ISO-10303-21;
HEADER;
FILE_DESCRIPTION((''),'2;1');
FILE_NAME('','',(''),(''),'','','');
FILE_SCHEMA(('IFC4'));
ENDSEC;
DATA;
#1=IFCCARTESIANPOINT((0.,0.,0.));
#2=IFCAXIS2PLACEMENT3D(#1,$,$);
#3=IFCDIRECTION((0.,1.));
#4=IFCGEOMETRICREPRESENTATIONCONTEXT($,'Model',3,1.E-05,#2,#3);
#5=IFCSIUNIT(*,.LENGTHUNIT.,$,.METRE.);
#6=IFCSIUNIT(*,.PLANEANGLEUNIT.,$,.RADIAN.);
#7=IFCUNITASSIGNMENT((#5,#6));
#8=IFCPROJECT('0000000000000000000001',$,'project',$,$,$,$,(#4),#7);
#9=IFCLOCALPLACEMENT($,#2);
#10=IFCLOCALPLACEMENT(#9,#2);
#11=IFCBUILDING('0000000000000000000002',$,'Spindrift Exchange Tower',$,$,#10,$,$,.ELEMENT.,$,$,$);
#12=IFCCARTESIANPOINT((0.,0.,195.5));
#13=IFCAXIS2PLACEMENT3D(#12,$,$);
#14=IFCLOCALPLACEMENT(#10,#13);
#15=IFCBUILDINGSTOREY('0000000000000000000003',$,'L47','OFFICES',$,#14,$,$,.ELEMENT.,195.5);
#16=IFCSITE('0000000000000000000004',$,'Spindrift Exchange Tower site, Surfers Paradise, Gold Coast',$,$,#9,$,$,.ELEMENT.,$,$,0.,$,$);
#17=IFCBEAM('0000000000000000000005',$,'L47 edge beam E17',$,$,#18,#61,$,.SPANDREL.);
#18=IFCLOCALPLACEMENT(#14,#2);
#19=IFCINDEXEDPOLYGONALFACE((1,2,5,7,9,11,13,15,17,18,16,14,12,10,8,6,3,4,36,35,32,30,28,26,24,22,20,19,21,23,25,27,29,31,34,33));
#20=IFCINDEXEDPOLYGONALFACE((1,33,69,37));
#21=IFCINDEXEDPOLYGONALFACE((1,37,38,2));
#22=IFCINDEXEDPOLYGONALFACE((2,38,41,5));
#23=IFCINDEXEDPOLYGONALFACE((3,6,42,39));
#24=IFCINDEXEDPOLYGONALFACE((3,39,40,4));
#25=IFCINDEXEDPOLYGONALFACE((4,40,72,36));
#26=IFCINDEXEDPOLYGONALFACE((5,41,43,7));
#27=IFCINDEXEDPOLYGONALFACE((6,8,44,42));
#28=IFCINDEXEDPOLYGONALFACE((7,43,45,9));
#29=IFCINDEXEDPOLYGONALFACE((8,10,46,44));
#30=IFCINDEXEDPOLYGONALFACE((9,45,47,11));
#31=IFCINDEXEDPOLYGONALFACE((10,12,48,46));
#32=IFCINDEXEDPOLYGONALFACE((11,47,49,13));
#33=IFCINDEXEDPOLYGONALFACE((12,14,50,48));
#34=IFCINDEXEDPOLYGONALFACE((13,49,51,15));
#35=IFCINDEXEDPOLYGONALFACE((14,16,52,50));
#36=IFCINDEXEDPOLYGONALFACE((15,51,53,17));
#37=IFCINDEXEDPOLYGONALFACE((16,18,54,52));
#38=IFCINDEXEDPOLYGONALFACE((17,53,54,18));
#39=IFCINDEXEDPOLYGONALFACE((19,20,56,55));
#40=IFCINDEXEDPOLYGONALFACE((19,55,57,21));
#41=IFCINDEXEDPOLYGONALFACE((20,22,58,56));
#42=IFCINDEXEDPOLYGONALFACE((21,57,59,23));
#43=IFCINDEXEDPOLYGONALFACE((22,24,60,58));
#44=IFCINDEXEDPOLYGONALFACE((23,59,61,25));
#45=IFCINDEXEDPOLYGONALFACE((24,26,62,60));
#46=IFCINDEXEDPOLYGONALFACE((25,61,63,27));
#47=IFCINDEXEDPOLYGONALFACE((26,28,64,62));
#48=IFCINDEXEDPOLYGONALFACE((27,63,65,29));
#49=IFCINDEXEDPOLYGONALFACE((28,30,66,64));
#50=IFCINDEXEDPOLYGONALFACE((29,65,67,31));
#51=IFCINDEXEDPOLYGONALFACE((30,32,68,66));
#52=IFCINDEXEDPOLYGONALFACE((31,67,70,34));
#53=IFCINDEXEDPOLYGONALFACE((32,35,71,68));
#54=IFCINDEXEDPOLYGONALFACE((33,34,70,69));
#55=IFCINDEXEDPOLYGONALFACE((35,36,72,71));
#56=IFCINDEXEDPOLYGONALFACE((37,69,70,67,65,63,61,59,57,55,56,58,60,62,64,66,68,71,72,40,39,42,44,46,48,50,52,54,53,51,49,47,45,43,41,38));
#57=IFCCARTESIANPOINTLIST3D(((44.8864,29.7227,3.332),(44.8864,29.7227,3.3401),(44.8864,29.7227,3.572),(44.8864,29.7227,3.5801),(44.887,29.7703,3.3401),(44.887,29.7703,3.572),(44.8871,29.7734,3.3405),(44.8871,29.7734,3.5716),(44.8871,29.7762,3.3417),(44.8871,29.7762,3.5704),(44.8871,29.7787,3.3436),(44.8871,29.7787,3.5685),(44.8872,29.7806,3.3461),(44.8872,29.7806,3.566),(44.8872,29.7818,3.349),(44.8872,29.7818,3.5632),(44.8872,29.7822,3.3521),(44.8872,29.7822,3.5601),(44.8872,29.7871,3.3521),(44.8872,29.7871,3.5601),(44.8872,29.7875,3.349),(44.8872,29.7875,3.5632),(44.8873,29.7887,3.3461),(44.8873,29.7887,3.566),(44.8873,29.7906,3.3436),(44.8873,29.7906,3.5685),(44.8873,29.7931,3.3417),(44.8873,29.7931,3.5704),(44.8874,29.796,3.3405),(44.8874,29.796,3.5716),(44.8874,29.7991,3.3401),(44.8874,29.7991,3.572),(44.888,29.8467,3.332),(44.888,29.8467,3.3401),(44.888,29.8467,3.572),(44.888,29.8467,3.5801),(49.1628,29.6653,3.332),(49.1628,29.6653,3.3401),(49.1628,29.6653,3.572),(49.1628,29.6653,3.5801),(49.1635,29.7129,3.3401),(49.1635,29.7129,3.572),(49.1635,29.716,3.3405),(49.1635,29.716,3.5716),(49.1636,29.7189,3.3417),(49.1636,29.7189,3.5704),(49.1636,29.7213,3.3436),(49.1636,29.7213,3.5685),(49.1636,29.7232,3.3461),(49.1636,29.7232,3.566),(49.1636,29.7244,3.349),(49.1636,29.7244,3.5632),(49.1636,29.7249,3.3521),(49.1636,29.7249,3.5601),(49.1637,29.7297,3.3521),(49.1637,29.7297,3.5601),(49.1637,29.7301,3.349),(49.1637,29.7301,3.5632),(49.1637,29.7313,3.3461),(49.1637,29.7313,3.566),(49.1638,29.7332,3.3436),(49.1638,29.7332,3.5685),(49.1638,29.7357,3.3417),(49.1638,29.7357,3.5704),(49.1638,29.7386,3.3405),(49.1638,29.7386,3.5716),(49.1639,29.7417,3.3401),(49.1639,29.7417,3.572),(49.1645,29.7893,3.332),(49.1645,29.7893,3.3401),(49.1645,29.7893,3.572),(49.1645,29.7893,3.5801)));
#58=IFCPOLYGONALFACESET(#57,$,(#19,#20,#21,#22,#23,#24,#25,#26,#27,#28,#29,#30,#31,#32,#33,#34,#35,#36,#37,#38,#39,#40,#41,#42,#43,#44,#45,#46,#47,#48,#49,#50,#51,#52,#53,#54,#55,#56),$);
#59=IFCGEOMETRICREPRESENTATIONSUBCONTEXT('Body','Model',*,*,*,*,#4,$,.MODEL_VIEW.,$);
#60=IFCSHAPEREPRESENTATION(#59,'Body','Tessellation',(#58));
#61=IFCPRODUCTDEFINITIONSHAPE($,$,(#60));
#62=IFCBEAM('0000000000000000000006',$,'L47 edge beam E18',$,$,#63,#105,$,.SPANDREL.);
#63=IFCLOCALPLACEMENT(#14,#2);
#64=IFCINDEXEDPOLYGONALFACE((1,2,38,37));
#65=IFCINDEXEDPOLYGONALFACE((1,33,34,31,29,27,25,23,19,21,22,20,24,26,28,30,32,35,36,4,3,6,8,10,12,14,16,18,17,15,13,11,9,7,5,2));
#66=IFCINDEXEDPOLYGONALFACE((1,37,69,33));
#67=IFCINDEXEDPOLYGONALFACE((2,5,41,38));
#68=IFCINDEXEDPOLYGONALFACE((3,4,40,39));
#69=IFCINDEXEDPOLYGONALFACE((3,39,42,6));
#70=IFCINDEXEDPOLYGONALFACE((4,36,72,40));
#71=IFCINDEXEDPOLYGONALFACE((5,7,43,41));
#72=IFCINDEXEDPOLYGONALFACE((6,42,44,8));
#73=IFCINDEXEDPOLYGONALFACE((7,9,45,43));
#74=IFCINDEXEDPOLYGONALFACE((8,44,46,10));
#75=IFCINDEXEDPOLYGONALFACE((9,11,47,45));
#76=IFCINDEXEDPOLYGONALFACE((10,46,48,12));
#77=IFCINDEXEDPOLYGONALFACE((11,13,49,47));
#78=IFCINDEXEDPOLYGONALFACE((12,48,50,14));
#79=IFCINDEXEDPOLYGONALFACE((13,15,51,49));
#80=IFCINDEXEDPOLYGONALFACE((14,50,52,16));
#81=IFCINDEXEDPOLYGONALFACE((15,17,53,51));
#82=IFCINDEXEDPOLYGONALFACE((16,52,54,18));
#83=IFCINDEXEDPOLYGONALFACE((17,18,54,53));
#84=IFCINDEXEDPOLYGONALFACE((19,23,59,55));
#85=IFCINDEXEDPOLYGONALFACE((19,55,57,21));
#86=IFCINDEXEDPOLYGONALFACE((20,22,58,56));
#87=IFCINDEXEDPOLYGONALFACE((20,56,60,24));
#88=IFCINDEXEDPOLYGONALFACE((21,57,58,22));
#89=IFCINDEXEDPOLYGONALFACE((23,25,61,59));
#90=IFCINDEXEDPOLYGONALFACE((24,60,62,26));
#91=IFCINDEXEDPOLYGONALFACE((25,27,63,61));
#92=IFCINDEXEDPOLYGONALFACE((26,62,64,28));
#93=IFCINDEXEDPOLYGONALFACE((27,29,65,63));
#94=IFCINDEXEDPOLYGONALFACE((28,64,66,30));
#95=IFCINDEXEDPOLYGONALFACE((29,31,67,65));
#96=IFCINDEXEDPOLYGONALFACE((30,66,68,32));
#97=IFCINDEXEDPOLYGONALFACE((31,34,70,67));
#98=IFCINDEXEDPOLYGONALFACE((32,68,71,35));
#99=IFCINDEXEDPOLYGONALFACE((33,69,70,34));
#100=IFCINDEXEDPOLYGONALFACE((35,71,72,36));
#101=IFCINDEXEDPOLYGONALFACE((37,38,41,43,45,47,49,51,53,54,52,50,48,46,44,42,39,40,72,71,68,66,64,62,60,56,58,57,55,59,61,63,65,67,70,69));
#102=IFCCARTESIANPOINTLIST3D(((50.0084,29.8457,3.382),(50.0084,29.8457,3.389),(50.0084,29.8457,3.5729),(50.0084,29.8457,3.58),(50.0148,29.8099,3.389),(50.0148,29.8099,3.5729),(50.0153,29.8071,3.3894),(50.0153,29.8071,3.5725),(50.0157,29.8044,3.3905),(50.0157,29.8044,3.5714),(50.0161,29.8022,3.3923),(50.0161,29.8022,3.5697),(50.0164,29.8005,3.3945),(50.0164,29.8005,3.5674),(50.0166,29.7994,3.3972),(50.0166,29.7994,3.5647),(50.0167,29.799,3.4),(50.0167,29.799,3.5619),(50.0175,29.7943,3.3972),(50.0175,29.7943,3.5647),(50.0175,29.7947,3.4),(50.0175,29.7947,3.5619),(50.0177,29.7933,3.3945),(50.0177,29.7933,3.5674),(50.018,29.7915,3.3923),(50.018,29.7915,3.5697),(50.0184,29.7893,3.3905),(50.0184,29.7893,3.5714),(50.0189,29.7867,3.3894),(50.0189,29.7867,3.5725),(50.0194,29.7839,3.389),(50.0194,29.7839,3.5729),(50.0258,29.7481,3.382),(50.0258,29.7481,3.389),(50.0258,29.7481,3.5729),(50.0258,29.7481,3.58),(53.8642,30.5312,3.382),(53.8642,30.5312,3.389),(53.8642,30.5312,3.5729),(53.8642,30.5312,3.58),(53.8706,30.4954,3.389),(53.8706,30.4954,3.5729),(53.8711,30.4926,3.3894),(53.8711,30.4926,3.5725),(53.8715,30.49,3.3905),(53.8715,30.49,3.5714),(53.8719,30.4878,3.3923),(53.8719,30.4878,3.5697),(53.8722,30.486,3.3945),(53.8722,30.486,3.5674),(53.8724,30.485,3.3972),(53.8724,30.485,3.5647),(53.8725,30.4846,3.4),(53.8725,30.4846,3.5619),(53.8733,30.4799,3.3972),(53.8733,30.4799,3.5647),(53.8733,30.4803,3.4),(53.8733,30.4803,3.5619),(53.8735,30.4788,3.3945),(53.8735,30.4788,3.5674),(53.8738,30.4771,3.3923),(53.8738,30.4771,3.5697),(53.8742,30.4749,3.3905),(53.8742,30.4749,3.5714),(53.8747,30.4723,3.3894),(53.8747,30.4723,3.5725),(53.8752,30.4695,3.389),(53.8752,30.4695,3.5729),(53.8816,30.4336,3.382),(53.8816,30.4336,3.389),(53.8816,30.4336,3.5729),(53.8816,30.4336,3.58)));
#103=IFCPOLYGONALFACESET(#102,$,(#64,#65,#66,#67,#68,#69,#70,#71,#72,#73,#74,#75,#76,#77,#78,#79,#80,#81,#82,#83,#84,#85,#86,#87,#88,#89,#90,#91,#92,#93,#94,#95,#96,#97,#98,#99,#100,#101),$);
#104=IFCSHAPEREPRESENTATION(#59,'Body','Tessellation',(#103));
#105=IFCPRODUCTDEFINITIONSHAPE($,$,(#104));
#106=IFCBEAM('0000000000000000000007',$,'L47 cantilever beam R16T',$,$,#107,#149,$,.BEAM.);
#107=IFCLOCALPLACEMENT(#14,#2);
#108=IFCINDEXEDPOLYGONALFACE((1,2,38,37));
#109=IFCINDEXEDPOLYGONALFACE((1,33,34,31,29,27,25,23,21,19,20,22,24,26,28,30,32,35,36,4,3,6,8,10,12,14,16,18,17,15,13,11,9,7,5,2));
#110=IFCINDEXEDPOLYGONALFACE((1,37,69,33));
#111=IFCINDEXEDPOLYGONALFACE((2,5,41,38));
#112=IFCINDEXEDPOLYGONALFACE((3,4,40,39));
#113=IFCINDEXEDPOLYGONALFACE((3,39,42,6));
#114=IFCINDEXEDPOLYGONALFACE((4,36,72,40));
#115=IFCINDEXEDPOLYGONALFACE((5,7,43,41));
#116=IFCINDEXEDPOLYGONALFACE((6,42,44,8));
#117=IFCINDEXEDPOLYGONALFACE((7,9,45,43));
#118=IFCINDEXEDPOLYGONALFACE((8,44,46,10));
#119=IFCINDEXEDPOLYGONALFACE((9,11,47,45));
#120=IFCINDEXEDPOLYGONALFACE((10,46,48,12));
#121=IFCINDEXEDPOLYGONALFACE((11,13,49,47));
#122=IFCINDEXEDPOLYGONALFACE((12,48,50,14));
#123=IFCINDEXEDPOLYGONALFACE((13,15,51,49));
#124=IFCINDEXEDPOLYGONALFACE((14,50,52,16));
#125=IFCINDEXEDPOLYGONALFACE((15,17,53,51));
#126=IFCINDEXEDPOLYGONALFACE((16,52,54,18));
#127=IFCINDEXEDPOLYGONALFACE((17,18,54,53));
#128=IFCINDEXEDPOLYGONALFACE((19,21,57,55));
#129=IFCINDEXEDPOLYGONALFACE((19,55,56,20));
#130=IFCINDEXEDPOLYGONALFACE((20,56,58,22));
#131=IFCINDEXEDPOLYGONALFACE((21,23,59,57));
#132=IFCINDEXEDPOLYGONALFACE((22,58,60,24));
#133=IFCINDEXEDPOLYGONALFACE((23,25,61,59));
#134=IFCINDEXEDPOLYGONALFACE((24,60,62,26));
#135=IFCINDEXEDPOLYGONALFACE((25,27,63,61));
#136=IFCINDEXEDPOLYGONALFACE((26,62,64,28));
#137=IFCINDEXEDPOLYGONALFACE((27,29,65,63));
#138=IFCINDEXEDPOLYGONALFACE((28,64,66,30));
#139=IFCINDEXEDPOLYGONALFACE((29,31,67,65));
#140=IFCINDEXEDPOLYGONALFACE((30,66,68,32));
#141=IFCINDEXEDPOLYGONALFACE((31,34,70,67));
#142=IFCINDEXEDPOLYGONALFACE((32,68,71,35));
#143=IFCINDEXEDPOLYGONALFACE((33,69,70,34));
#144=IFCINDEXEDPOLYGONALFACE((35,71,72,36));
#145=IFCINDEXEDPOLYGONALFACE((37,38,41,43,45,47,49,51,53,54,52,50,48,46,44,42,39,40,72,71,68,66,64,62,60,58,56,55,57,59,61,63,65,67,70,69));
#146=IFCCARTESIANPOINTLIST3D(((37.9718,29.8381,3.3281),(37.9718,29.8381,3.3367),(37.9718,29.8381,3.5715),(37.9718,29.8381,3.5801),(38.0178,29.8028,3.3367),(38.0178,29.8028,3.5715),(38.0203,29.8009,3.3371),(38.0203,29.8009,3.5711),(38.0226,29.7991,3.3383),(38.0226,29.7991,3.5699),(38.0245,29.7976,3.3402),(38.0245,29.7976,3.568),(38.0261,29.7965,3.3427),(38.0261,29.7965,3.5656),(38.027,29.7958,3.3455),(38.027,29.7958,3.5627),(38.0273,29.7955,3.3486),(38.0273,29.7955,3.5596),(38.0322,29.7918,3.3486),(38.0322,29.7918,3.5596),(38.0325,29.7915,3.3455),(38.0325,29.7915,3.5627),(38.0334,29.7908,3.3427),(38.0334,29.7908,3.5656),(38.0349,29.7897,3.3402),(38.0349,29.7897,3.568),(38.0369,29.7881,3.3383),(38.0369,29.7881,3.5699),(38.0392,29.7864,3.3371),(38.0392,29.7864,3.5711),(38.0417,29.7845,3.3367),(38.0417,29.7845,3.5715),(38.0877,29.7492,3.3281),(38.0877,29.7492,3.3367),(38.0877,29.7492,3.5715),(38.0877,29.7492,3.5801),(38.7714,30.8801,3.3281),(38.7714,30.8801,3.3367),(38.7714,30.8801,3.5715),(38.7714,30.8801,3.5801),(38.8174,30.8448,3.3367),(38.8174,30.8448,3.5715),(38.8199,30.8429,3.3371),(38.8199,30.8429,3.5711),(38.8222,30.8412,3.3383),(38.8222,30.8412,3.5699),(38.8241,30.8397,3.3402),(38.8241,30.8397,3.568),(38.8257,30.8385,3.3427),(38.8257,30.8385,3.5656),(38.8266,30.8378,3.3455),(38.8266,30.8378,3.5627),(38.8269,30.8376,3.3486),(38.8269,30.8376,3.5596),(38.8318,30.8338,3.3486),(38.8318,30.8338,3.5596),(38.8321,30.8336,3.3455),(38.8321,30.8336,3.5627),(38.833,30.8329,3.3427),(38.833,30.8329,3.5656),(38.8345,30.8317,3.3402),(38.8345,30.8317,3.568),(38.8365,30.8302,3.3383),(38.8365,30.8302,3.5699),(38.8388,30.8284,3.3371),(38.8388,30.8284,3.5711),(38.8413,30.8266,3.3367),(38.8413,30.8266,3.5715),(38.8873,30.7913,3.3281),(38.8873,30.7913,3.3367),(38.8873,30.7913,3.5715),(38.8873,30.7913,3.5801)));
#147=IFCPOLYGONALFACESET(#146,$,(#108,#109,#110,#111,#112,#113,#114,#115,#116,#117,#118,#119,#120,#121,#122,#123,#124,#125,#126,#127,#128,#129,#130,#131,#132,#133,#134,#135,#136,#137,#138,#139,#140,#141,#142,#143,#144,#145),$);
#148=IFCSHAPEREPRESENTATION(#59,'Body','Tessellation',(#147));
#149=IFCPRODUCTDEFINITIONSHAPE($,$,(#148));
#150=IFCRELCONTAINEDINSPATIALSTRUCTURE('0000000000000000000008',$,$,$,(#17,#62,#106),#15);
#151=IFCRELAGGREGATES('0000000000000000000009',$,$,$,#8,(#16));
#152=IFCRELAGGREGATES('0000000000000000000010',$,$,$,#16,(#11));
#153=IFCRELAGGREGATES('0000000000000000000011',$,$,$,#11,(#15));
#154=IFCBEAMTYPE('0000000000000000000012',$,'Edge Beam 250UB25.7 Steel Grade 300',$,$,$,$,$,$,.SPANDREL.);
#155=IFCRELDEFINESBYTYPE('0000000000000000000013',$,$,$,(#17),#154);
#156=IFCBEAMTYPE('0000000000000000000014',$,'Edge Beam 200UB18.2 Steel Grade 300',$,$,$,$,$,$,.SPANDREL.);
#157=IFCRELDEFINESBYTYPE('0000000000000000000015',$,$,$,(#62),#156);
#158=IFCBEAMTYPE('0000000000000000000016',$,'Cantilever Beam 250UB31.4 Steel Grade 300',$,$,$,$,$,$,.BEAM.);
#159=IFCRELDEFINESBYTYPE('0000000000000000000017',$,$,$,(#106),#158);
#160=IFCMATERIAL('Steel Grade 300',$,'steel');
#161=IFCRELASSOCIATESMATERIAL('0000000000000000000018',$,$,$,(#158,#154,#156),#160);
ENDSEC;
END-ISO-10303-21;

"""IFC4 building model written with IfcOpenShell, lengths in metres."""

from ifc_helpers import new_model, si_unit, direction, frame, origin, origin_2d, place, context, subcontext, project, spatial, i_section, extrude, source, transform, mapped, material, material_profile, profile_set, type_object, element, save


model = new_model("IFC4")

# Units and contexts
model_context = context("Model", 3, precision=1e-05, world=origin(), true_north=direction((0.0, 1.0)))
body_context = subcontext(model_context, "Body", "Model", "MODEL_VIEW")
ifc_project = project(units=[si_unit("LENGTHUNIT", "METRE"), si_unit("PLANEANGLEUNIT", "RADIAN")], contexts=[model_context])

# Site, building, storey
site_placement = place(None, origin())
site = spatial("IfcSite", under=ifc_project, at=site_placement, Name="Spindrift Exchange Tower site, Surfers Paradise, Gold Coast", CompositionType="ELEMENT", RefElevation=0.0)
building_placement = place(site_placement, origin())
building = spatial("IfcBuilding", under=site, at=building_placement, Name="Spindrift Exchange Tower", CompositionType="ELEMENT")
storey_placement = place(building_placement, frame((0.0, 0.0, 195.5)))
storey = spatial("IfcBuildingStorey", under=building, at=storey_placement, Name="L47", Description="OFFICES", CompositionType="ELEMENT", Elevation=195.5)

# Beams
ifc_material_1 = material(Name="Steel Grade 300", Category="steel")
ifc_material_profile_1 = material_profile(ifc_material_1, i_section(OverallWidth=0.146, OverallDepth=0.252, WebThickness=0.0061, FlangeThickness=0.0085, FilletRadius=0.012, at=origin_2d()), Name="250UB31.4")
ifc_profile_set_1 = profile_set([ifc_material_profile_1], Name="Steel Grade 300")
beam_type_1 = type_object("IfcBeamType", Name="Cantilever Beam 250UB31.4 Steel Grade 300", PredefinedType="BEAM", material=ifc_profile_set_1)
ifc_material_profile_2 = material_profile(ifc_material_1, i_section(OverallWidth=0.124, OverallDepth=0.248, WebThickness=0.0049, FlangeThickness=0.0081, FilletRadius=0.012, at=origin_2d()), Name="250UB25.7")
ifc_profile_set_2 = profile_set([ifc_material_profile_2], Name="Steel Grade 300")
beam_type_2 = type_object("IfcBeamType", Name="Edge Beam 250UB25.7 Steel Grade 300", PredefinedType="SPANDREL", material=ifc_profile_set_2)
shared_shape_1 = source(origin(), body_context, "Body", "SweptSolid", [
    extrude(i_section(OverallWidth=0.124, OverallDepth=0.248, WebThickness=0.0049, FlangeThickness=0.0081, FilletRadius=0.012, at=origin_2d()), origin(), (0.0, 0.0, 1.0), 4.2769),
])
beam_1_placement = place(storey_placement, frame((44.8872, 29.7847, 3.4561), z_axis=(0.99991, -0.013415, 0.0), x_axis=(0.013415, 0.99991, 0.0)))
element("IfcBeam", 1, at=beam_1_placement, inside=storey, type_object=beam_type_2, Name="L47 edge beam E17", PredefinedType="SPANDREL", context=body_context, shape_type="MappedRepresentation", body=[
    mapped(shared_shape_1, transform((0.0, 0.0, 0.0), scale=1.0)),
])
ifc_material_profile_3 = material_profile(ifc_material_1, i_section(OverallWidth=0.0991, OverallDepth=0.198, WebThickness=0.0044, FlangeThickness=0.0071, FilletRadius=0.011, at=origin_2d()), Name="200UB18.2")
ifc_profile_set_3 = profile_set([ifc_material_profile_3], Name="Steel Grade 300")
beam_type_3 = type_object("IfcBeamType", Name="Edge Beam 200UB18.2 Steel Grade 300", PredefinedType="SPANDREL", material=ifc_profile_set_3)
shared_shape_2 = source(origin(), body_context, "Body", "SweptSolid", [
    extrude(i_section(OverallWidth=0.0991, OverallDepth=0.198, WebThickness=0.0044, FlangeThickness=0.0071, FilletRadius=0.011, at=origin_2d()), origin(), (0.0, 0.0, 1.0), 3.9163),
])
beam_2_placement = place(storey_placement, frame((50.0171, 29.7969, 3.481), z_axis=(0.984559, 0.175055, 0.0), x_axis=(-0.175055, 0.984559, 0.0)))
element("IfcBeam", 2, at=beam_2_placement, inside=storey, type_object=beam_type_3, Name="L47 edge beam E18", PredefinedType="SPANDREL", context=body_context, shape_type="MappedRepresentation", body=[
    mapped(shared_shape_2, transform((0.0, 0.0, 0.0), scale=1.0)),
])
shared_shape_3 = source(origin(), body_context, "Body", "SweptSolid", [
    extrude(i_section(OverallWidth=0.146, OverallDepth=0.252, WebThickness=0.0061, FlangeThickness=0.0085, FilletRadius=0.012, at=origin_2d()), origin(), (0.0, 0.0, 1.0), 1.3135),
])
beam_3_placement = place(storey_placement, frame((38.8293, 30.8357, 3.4541), z_axis=(-0.608767, -0.793349, 0.0), x_axis=(0.793349, -0.608767, 0.0)))
element("IfcBeam", 3, at=beam_3_placement, inside=storey, type_object=beam_type_1, Name="L47 cantilever beam R16T", PredefinedType="BEAM", context=body_context, shape_type="MappedRepresentation", body=[
    mapped(shared_shape_3, transform((0.0, 0.0, 0.0), scale=1.0)),
])

save(model, "model.ifc")
